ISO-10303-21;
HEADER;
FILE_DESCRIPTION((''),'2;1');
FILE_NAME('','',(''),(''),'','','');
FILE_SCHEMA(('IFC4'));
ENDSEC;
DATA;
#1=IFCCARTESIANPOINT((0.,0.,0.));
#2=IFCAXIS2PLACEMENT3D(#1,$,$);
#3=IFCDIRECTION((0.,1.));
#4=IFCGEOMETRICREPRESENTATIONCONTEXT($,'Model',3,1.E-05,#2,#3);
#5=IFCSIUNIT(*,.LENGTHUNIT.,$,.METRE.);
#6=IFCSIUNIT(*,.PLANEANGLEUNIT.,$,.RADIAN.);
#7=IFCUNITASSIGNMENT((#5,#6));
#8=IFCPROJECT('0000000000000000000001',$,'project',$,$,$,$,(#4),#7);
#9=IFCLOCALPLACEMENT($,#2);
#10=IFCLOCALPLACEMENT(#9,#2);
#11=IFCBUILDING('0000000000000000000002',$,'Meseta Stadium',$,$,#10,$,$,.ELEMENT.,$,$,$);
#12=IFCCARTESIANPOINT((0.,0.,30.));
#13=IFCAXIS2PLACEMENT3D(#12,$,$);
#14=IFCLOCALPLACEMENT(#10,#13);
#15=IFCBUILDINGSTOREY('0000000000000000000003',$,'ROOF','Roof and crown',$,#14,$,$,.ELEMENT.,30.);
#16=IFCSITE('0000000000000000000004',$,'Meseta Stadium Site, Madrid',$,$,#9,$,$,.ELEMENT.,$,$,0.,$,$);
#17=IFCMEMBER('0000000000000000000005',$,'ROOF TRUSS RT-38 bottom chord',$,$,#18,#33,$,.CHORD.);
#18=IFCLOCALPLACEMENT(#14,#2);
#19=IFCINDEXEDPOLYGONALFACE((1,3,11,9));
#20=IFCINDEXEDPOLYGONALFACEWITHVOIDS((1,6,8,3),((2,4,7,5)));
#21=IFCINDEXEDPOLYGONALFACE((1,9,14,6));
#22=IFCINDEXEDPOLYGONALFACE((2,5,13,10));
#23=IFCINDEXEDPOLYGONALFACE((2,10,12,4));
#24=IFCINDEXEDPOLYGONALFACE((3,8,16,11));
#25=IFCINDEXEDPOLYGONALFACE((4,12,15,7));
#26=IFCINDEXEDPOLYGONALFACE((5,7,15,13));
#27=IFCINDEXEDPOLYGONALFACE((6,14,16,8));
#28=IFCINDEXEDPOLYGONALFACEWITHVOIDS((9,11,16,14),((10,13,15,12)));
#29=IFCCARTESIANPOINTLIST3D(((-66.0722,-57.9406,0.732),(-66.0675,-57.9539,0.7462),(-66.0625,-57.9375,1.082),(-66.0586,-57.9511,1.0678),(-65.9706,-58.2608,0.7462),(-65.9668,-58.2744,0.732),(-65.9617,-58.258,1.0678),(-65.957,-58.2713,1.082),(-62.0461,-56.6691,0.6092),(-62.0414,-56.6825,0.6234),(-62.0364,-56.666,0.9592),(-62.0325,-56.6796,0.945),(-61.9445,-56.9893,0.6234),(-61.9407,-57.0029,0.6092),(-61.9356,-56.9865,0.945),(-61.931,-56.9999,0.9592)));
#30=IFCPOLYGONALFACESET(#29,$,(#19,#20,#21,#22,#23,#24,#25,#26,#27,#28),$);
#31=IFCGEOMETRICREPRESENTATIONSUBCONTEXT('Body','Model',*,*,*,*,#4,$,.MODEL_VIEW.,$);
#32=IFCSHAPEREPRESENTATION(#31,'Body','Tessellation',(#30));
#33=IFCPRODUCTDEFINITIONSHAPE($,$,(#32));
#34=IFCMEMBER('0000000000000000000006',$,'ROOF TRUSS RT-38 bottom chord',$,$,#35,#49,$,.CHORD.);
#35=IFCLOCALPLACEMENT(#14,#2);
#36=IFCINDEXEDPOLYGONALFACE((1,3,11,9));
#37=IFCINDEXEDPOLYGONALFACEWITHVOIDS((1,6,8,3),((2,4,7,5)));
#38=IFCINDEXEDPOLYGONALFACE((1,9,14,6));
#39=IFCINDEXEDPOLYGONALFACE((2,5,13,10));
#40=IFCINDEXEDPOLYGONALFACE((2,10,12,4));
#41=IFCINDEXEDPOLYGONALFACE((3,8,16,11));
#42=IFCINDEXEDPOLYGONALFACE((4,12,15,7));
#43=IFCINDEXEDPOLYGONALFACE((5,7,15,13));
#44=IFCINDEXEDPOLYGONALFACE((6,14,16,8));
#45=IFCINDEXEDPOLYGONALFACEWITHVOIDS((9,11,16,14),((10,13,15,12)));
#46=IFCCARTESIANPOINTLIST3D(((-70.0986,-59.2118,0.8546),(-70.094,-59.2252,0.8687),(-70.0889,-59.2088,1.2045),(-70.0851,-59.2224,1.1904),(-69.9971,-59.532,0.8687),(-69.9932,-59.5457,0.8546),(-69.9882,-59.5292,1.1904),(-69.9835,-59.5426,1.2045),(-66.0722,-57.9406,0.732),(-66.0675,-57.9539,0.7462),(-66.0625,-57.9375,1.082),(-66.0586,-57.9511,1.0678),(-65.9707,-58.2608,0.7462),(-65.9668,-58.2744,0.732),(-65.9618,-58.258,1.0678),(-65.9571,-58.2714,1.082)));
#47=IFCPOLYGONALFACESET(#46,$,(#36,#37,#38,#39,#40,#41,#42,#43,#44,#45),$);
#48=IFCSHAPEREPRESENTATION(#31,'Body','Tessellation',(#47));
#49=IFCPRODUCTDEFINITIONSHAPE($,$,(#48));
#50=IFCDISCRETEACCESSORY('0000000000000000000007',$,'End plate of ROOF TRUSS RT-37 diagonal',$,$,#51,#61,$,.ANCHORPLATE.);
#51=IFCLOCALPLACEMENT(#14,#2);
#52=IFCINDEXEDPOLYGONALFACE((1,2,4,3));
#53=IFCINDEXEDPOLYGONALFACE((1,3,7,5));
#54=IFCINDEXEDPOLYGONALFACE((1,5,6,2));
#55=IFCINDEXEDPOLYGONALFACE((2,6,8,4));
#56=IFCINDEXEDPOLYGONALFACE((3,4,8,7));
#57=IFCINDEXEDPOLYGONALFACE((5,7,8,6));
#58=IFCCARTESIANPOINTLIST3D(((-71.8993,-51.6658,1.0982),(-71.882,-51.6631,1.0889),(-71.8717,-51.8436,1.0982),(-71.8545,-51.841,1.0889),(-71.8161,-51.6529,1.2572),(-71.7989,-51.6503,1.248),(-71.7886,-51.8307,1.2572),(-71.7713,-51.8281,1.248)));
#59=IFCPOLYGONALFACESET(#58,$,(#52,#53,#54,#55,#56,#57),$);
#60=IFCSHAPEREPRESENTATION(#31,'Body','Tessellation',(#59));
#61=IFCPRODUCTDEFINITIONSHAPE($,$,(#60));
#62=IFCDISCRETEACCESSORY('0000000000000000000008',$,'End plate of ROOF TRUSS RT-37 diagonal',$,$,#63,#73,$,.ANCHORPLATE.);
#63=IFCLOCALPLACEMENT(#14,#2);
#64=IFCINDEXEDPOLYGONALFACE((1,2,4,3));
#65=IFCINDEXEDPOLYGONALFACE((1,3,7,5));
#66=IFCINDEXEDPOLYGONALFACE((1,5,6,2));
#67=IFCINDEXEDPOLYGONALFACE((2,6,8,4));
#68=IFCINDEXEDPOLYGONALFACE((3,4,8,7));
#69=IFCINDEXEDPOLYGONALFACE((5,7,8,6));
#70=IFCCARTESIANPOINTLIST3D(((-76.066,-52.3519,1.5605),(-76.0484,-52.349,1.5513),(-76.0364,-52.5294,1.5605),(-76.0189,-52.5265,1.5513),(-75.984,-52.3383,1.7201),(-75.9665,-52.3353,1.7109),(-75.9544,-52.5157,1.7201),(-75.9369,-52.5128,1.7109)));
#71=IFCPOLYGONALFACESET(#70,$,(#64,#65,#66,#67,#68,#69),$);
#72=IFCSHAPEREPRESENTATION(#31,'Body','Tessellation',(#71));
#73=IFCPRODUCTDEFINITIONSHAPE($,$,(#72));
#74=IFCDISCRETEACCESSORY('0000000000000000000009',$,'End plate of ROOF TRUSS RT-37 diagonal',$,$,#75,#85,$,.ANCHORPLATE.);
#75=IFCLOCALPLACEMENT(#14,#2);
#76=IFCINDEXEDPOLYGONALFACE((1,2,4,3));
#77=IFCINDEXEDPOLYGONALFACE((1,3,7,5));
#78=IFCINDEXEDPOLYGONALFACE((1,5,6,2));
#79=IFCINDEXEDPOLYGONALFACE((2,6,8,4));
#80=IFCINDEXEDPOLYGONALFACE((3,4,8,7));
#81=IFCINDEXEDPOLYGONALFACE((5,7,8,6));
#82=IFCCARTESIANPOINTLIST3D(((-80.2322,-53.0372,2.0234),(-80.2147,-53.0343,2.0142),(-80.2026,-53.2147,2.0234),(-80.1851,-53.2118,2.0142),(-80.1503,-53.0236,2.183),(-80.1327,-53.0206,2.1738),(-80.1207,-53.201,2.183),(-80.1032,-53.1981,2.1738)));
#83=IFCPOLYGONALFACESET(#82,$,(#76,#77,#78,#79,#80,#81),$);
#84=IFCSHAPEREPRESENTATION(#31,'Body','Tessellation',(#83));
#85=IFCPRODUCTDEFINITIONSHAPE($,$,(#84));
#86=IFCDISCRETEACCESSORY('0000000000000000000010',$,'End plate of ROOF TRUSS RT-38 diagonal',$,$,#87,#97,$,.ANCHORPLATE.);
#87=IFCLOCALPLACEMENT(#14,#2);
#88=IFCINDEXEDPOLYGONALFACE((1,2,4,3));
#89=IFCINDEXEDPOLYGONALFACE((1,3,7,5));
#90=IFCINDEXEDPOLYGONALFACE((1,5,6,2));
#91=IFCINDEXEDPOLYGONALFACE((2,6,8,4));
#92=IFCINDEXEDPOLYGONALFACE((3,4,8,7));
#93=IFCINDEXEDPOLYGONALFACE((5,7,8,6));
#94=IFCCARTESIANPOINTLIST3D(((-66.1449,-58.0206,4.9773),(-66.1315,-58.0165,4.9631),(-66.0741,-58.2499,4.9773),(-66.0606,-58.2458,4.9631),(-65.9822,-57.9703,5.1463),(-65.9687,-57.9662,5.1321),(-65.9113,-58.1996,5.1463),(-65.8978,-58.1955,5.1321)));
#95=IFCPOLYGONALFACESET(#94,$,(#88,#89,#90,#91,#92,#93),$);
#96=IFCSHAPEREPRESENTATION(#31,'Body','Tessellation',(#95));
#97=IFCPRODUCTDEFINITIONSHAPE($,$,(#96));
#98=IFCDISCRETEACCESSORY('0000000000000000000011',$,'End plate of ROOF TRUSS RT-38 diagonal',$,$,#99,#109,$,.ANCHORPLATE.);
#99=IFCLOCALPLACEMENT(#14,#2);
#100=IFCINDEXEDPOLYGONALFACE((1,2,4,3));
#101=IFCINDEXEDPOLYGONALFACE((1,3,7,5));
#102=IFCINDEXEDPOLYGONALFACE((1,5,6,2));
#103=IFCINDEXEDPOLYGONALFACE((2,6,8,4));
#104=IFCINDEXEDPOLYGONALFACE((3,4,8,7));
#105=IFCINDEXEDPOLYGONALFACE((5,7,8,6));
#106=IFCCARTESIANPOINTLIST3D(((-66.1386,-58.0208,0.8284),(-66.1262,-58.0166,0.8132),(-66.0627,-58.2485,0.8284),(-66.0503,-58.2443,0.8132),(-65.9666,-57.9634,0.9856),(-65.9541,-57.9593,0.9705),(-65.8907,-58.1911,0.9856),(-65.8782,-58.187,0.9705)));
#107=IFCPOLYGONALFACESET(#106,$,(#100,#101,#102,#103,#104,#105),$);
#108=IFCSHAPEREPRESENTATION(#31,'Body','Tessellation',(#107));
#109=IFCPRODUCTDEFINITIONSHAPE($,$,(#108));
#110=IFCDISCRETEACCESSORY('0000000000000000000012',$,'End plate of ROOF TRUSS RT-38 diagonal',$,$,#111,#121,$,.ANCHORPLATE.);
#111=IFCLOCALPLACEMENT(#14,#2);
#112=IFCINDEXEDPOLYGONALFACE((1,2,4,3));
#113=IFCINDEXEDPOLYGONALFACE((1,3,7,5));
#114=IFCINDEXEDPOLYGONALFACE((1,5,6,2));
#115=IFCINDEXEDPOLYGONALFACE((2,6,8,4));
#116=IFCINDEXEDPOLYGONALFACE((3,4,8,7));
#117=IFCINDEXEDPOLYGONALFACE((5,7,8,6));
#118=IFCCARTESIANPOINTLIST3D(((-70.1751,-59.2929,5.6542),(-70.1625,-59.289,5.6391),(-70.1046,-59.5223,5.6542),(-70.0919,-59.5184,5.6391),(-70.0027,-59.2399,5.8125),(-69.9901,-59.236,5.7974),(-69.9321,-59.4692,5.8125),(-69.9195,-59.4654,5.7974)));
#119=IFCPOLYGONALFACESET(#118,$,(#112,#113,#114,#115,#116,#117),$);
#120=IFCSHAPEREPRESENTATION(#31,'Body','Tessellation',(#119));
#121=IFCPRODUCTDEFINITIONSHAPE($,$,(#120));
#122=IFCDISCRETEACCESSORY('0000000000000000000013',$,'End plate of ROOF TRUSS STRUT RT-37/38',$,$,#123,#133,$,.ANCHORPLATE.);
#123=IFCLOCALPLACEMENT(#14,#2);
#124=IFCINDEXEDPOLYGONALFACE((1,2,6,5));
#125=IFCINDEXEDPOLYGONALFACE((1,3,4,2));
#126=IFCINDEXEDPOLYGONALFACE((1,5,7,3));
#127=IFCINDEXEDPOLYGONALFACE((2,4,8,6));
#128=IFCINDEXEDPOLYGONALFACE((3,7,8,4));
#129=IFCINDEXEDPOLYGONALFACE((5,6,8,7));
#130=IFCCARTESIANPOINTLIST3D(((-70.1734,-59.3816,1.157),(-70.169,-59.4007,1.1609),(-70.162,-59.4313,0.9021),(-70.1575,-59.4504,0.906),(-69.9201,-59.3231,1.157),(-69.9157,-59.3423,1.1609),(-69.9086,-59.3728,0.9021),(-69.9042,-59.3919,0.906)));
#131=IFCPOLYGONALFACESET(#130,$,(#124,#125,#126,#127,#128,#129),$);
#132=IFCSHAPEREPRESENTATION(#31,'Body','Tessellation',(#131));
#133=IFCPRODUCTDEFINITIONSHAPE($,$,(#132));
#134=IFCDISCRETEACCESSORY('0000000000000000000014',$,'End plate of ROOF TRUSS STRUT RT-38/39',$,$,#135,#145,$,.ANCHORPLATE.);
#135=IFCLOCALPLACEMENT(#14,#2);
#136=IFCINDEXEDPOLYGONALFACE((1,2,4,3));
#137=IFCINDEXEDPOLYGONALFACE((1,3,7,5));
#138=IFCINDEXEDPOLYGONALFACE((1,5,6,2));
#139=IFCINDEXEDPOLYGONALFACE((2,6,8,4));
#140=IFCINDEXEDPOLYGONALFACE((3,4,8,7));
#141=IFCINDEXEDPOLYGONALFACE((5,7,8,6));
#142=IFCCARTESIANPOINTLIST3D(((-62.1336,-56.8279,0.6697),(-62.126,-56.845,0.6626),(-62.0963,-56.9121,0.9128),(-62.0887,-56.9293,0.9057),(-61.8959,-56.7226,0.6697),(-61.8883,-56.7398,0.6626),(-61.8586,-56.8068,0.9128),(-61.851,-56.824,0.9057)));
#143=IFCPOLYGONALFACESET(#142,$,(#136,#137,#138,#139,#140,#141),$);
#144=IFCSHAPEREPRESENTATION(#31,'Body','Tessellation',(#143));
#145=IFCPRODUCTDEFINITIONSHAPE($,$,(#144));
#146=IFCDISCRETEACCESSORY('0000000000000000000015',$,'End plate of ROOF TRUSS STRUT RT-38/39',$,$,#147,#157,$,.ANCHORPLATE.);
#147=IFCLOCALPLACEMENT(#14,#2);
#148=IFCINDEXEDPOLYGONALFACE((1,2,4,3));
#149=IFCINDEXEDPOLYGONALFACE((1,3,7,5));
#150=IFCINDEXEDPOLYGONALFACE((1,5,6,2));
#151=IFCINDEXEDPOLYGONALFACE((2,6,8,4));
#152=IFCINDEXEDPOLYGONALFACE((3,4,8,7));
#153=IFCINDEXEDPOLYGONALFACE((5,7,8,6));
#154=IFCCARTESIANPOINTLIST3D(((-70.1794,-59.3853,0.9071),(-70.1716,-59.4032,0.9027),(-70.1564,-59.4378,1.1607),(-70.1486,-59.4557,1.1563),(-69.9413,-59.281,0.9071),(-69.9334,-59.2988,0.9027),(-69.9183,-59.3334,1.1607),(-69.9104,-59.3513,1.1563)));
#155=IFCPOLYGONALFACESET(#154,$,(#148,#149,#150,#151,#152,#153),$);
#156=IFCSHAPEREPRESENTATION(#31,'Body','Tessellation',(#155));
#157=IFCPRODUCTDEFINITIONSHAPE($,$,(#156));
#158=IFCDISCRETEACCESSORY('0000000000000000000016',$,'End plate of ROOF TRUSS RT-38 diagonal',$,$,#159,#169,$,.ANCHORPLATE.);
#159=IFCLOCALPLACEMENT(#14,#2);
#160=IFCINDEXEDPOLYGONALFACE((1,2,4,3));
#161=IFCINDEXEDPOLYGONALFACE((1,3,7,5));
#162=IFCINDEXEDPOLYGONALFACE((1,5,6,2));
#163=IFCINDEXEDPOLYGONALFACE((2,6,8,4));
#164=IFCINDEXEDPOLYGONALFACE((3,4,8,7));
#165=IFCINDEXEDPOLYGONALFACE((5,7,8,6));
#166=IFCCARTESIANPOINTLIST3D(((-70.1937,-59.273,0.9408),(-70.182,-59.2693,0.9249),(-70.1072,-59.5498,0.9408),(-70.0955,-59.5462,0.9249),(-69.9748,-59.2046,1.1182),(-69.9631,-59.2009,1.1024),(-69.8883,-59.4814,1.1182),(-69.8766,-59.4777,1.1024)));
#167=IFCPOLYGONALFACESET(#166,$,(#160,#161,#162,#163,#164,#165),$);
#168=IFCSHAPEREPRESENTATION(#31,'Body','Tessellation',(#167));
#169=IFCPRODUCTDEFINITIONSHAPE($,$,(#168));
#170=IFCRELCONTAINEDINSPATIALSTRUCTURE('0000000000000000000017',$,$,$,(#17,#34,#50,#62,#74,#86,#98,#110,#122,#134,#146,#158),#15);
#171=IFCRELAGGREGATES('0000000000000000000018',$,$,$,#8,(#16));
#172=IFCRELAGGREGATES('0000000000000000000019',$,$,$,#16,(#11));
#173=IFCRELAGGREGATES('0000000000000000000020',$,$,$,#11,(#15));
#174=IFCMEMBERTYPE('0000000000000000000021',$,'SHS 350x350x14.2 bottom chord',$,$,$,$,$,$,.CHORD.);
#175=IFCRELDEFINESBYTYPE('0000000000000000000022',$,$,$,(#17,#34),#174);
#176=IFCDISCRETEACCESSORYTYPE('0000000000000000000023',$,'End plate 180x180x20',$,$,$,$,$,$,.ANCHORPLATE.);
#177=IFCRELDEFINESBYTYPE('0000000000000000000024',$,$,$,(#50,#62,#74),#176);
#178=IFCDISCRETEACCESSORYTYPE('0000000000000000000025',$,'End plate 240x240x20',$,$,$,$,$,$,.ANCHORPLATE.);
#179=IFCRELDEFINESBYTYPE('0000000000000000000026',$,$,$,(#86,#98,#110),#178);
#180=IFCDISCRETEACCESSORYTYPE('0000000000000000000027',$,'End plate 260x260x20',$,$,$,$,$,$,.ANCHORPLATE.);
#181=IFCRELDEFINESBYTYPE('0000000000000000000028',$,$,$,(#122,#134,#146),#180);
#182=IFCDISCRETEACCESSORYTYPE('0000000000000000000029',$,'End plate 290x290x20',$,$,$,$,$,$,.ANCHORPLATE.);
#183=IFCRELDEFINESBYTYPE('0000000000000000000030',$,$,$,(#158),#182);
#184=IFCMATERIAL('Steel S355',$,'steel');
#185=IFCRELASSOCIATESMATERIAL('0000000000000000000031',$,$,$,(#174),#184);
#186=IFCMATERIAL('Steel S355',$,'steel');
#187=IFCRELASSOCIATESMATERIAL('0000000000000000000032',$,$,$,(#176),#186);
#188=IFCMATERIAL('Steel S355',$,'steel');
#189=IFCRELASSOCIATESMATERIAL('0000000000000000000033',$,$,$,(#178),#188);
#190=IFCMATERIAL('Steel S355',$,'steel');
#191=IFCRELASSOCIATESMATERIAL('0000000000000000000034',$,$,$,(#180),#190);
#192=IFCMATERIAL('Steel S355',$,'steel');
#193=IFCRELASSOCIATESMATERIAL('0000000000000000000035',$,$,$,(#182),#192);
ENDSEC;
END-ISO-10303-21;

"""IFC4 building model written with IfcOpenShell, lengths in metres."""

from ifc_helpers import new_model, si_unit, direction, frame, origin, origin_2d, place, context, subcontext, project, spatial, rectangle, hollow_rectangle, extrude, material, material_profile, profile_set, type_object, element, save


model = new_model("IFC4")

# Units and contexts
model_context = context("Model", 3, precision=1e-05, world=origin(), true_north=direction((0.0, 1.0)))
body_context = subcontext(model_context, "Body", "Model", "MODEL_VIEW")
ifc_project = project(units=[si_unit("LENGTHUNIT", "METRE"), si_unit("PLANEANGLEUNIT", "RADIAN")], contexts=[model_context])

# Site, building, storey
site_placement = place(None, origin())
site = spatial("IfcSite", under=ifc_project, at=site_placement, Name="Meseta Stadium Site, Madrid", CompositionType="ELEMENT", RefElevation=0.0)
building_placement = place(site_placement, origin())
building = spatial("IfcBuilding", under=site, at=building_placement, Name="Meseta Stadium", CompositionType="ELEMENT")
storey_placement = place(building_placement, frame((0.0, 0.0, 30.0)))
storey = spatial("IfcBuildingStorey", under=building, at=storey_placement, Name="ROOF", Description="Roof and crown", CompositionType="ELEMENT", Elevation=30.0)

# Members
ifc_material_1 = material(Name="Steel S355", Category="steel")
ifc_material_profile_1 = material_profile(ifc_material_1, hollow_rectangle(XDim=0.3501, YDim=0.3501, WallThickness=0.0142, at=origin_2d()), Name="SHS 350x350x14.2")
ifc_profile_set_1 = profile_set([ifc_material_profile_1], Name="Steel S355")
member_type_1 = type_object("IfcMemberType", Name="SHS 350x350x14.2 bottom chord", PredefinedType="CHORD", material=ifc_profile_set_1)
member_1_placement = place(storey_placement, frame((-61.9885, -56.8345, 0.7842), z_axis=(-0.953174, -0.301021, 0.029073), x_axis=(0.301148, -0.953577, 0.0)))
element("IfcMember", 1, at=member_1_placement, inside=storey, type_object=member_type_1, Name="ROOF TRUSS RT-38 bottom chord", PredefinedType="CHORD", context=body_context, shape_type="SweptSolid", body=[
    extrude(hollow_rectangle(XDim=0.3501, YDim=0.3501, WallThickness=0.0142, at=origin_2d()), origin(), (0.0, 0.0, 1.0), 4.2239),
])
member_2_placement = place(storey_placement, frame((-66.0146, -58.106, 0.907), z_axis=(-0.953198, -0.300952, 0.029014), x_axis=(0.301079, -0.953599, 0.0)))
element("IfcMember", 2, at=member_2_placement, inside=storey, type_object=member_type_1, Name="ROOF TRUSS RT-38 bottom chord", PredefinedType="CHORD", context=body_context, shape_type="SweptSolid", body=[
    extrude(hollow_rectangle(XDim=0.3501, YDim=0.3501, WallThickness=0.0142, at=origin_2d()), origin(), (0.0, 0.0, 1.0), 4.2241),
])

# Discrete accessories
ifc_material_2 = material(Name="Steel S355", Category="steel")
ifc_material_profile_2 = material_profile(ifc_material_2, rectangle(XDim=0.1799, YDim=0.1799, at=origin_2d()), Name="PL 180x180")
ifc_profile_set_2 = profile_set([ifc_material_profile_2], Name="Steel S355")
discrete_accessory_type_1 = type_object("IfcDiscreteAccessoryType", Name="End plate 180x180x20", PredefinedType="ANCHORPLATE", material=ifc_profile_set_2)
discrete_accessory_1_placement = place(storey_placement, frame((-71.8267, -51.7456, 1.1685), z_axis=(-0.873553, -0.135339, 0.467535), x_axis=(0.153103, -0.98821, 0.0)))
element("IfcDiscreteAccessory", 3, at=discrete_accessory_1_placement, inside=storey, type_object=discrete_accessory_type_1, Name="End plate of ROOF TRUSS RT-37 diagonal", PredefinedType="ANCHORPLATE", context=body_context, shape_type="SweptSolid", body=[
    extrude(rectangle(XDim=0.1799, YDim=0.1799, at=origin_2d()), origin(), (0.0, 0.0, 1.0), 0.0198),
])
for number, where, z_axis, x_axis, name in (
    (4, (-75.9927, -52.4309, 1.6311), (-0.874931, -0.145822, 0.461769), (0.164399, -0.986394, 0.0), "End plate of ROOF TRUSS RT-37 diagonal"),
    (5, (-80.1589, -53.1162, 2.094), (-0.874931, -0.145822, 0.461769), (0.164399, -0.986394, 0.0), "End plate of ROOF TRUSS RT-37 diagonal"),
):
    element("IfcDiscreteAccessory", number, at=place(storey_placement, frame(where, z_axis=z_axis, x_axis=x_axis)), inside=storey, type_object=discrete_accessory_type_1, Name=name, PredefinedType="ANCHORPLATE", context=body_context, shape_type="SweptSolid", body=[
        extrude(rectangle(XDim=0.1799, YDim=0.1799, at=origin_2d()), origin(), (0.0, 0.0, 1.0), 0.02),
    ])
ifc_material_3 = material(Name="Steel S355", Category="steel")
ifc_material_profile_3 = material_profile(ifc_material_3, rectangle(XDim=0.24, YDim=0.24, at=origin_2d()), Name="PL 240x240")
ifc_profile_set_3 = profile_set([ifc_material_profile_3], Name="Steel S355")
discrete_accessory_type_2 = type_object("IfcDiscreteAccessoryType", Name="End plate 240x240x20", PredefinedType="ANCHORPLATE", material=ifc_profile_set_3)
for number, where, z_axis, x_axis, name in (
    (6, (-66.0146, -58.106, 5.0476), (-0.673038, -0.20803, 0.709749), (0.295306, -0.955403, 0.0), "End plate of ROOF TRUSS RT-38 diagonal"),
    (7, (-66.0022, -58.1018, 0.8918), (-0.621489, -0.207163, 0.755536), (0.316228, -0.948683, 0.0), "End plate of ROOF TRUSS RT-38 diagonal"),
    (8, (-70.041, -59.3772, 5.7183), (-0.630407, -0.193971, 0.751639), (0.294086, -0.955779, 0.0), "End plate of ROOF TRUSS RT-38 diagonal"),
):
    element("IfcDiscreteAccessory", number, at=place(storey_placement, frame(where, z_axis=z_axis, x_axis=x_axis)), inside=storey, type_object=discrete_accessory_type_2, Name=name, PredefinedType="ANCHORPLATE", context=body_context, shape_type="SweptSolid", body=[
        extrude(rectangle(XDim=0.24, YDim=0.24, at=origin_2d()), origin(), (0.0, 0.0, 1.0), 0.02),
    ])
ifc_material_4 = material(Name="Steel S355", Category="steel")
ifc_material_profile_4 = material_profile(ifc_material_4, rectangle(XDim=0.26, YDim=0.26, at=origin_2d()), Name="PL 260x260")
ifc_profile_set_4 = profile_set([ifc_material_profile_4], Name="Steel S355")
discrete_accessory_type_3 = type_object("IfcDiscreteAccessoryType", Name="End plate 260x260x20", PredefinedType="ANCHORPLATE", material=ifc_profile_set_4)
for number, where, z_axis, x_axis, name in (
    (9, (-70.041, -59.3772, 1.0295), (0.220498, -0.955492, 0.195998), (0.974391, 0.22486, 0.0), "End plate of ROOF TRUSS STRUT RT-37/38"),
    (10, (-61.9961, -56.8174, 0.7913), (0.378669, -0.855058, -0.354239), (0.914349, 0.404926, 0.0), "End plate of ROOF TRUSS STRUT RT-38/39"),
    (11, (-70.0488, -59.3594, 1.0339), (0.391615, -0.893372, -0.220283), (0.915869, 0.401477, 0.0), "End plate of ROOF TRUSS STRUT RT-38/39"),
):
    element("IfcDiscreteAccessory", number, at=place(storey_placement, frame(where, z_axis=z_axis, x_axis=x_axis)), inside=storey, type_object=discrete_accessory_type_3, Name=name, PredefinedType="ANCHORPLATE", context=body_context, shape_type="SweptSolid", body=[
        extrude(rectangle(XDim=0.26, YDim=0.26, at=origin_2d()), origin(), (0.0, 0.0, 1.0), 0.02),
    ])
ifc_material_5 = material(Name="Steel S355", Category="steel")
ifc_material_profile_5 = material_profile(ifc_material_5, rectangle(XDim=0.29, YDim=0.29, at=origin_2d()), Name="PL 290x290")
ifc_profile_set_5 = profile_set([ifc_material_profile_5], Name="Steel S355")
discrete_accessory_type_4 = type_object("IfcDiscreteAccessoryType", Name="End plate 290x290x20", PredefinedType="ANCHORPLATE", material=ifc_profile_set_5)
discrete_accessory_2_placement = place(storey_placement, frame((-70.0293, -59.3735, 1.0137), z_axis=(-0.584064, -0.18252, 0.79092), x_axis=(0.298275, -0.95448, 0.0)))
element("IfcDiscreteAccessory", 12, at=discrete_accessory_2_placement, inside=storey, type_object=discrete_accessory_type_4, Name="End plate of ROOF TRUSS RT-38 diagonal", PredefinedType="ANCHORPLATE", context=body_context, shape_type="SweptSolid", body=[
    extrude(rectangle(XDim=0.29, YDim=0.29, at=origin_2d()), origin(), (0.0, 0.0, 1.0), 0.02),
])

save(model, "model.ifc")
